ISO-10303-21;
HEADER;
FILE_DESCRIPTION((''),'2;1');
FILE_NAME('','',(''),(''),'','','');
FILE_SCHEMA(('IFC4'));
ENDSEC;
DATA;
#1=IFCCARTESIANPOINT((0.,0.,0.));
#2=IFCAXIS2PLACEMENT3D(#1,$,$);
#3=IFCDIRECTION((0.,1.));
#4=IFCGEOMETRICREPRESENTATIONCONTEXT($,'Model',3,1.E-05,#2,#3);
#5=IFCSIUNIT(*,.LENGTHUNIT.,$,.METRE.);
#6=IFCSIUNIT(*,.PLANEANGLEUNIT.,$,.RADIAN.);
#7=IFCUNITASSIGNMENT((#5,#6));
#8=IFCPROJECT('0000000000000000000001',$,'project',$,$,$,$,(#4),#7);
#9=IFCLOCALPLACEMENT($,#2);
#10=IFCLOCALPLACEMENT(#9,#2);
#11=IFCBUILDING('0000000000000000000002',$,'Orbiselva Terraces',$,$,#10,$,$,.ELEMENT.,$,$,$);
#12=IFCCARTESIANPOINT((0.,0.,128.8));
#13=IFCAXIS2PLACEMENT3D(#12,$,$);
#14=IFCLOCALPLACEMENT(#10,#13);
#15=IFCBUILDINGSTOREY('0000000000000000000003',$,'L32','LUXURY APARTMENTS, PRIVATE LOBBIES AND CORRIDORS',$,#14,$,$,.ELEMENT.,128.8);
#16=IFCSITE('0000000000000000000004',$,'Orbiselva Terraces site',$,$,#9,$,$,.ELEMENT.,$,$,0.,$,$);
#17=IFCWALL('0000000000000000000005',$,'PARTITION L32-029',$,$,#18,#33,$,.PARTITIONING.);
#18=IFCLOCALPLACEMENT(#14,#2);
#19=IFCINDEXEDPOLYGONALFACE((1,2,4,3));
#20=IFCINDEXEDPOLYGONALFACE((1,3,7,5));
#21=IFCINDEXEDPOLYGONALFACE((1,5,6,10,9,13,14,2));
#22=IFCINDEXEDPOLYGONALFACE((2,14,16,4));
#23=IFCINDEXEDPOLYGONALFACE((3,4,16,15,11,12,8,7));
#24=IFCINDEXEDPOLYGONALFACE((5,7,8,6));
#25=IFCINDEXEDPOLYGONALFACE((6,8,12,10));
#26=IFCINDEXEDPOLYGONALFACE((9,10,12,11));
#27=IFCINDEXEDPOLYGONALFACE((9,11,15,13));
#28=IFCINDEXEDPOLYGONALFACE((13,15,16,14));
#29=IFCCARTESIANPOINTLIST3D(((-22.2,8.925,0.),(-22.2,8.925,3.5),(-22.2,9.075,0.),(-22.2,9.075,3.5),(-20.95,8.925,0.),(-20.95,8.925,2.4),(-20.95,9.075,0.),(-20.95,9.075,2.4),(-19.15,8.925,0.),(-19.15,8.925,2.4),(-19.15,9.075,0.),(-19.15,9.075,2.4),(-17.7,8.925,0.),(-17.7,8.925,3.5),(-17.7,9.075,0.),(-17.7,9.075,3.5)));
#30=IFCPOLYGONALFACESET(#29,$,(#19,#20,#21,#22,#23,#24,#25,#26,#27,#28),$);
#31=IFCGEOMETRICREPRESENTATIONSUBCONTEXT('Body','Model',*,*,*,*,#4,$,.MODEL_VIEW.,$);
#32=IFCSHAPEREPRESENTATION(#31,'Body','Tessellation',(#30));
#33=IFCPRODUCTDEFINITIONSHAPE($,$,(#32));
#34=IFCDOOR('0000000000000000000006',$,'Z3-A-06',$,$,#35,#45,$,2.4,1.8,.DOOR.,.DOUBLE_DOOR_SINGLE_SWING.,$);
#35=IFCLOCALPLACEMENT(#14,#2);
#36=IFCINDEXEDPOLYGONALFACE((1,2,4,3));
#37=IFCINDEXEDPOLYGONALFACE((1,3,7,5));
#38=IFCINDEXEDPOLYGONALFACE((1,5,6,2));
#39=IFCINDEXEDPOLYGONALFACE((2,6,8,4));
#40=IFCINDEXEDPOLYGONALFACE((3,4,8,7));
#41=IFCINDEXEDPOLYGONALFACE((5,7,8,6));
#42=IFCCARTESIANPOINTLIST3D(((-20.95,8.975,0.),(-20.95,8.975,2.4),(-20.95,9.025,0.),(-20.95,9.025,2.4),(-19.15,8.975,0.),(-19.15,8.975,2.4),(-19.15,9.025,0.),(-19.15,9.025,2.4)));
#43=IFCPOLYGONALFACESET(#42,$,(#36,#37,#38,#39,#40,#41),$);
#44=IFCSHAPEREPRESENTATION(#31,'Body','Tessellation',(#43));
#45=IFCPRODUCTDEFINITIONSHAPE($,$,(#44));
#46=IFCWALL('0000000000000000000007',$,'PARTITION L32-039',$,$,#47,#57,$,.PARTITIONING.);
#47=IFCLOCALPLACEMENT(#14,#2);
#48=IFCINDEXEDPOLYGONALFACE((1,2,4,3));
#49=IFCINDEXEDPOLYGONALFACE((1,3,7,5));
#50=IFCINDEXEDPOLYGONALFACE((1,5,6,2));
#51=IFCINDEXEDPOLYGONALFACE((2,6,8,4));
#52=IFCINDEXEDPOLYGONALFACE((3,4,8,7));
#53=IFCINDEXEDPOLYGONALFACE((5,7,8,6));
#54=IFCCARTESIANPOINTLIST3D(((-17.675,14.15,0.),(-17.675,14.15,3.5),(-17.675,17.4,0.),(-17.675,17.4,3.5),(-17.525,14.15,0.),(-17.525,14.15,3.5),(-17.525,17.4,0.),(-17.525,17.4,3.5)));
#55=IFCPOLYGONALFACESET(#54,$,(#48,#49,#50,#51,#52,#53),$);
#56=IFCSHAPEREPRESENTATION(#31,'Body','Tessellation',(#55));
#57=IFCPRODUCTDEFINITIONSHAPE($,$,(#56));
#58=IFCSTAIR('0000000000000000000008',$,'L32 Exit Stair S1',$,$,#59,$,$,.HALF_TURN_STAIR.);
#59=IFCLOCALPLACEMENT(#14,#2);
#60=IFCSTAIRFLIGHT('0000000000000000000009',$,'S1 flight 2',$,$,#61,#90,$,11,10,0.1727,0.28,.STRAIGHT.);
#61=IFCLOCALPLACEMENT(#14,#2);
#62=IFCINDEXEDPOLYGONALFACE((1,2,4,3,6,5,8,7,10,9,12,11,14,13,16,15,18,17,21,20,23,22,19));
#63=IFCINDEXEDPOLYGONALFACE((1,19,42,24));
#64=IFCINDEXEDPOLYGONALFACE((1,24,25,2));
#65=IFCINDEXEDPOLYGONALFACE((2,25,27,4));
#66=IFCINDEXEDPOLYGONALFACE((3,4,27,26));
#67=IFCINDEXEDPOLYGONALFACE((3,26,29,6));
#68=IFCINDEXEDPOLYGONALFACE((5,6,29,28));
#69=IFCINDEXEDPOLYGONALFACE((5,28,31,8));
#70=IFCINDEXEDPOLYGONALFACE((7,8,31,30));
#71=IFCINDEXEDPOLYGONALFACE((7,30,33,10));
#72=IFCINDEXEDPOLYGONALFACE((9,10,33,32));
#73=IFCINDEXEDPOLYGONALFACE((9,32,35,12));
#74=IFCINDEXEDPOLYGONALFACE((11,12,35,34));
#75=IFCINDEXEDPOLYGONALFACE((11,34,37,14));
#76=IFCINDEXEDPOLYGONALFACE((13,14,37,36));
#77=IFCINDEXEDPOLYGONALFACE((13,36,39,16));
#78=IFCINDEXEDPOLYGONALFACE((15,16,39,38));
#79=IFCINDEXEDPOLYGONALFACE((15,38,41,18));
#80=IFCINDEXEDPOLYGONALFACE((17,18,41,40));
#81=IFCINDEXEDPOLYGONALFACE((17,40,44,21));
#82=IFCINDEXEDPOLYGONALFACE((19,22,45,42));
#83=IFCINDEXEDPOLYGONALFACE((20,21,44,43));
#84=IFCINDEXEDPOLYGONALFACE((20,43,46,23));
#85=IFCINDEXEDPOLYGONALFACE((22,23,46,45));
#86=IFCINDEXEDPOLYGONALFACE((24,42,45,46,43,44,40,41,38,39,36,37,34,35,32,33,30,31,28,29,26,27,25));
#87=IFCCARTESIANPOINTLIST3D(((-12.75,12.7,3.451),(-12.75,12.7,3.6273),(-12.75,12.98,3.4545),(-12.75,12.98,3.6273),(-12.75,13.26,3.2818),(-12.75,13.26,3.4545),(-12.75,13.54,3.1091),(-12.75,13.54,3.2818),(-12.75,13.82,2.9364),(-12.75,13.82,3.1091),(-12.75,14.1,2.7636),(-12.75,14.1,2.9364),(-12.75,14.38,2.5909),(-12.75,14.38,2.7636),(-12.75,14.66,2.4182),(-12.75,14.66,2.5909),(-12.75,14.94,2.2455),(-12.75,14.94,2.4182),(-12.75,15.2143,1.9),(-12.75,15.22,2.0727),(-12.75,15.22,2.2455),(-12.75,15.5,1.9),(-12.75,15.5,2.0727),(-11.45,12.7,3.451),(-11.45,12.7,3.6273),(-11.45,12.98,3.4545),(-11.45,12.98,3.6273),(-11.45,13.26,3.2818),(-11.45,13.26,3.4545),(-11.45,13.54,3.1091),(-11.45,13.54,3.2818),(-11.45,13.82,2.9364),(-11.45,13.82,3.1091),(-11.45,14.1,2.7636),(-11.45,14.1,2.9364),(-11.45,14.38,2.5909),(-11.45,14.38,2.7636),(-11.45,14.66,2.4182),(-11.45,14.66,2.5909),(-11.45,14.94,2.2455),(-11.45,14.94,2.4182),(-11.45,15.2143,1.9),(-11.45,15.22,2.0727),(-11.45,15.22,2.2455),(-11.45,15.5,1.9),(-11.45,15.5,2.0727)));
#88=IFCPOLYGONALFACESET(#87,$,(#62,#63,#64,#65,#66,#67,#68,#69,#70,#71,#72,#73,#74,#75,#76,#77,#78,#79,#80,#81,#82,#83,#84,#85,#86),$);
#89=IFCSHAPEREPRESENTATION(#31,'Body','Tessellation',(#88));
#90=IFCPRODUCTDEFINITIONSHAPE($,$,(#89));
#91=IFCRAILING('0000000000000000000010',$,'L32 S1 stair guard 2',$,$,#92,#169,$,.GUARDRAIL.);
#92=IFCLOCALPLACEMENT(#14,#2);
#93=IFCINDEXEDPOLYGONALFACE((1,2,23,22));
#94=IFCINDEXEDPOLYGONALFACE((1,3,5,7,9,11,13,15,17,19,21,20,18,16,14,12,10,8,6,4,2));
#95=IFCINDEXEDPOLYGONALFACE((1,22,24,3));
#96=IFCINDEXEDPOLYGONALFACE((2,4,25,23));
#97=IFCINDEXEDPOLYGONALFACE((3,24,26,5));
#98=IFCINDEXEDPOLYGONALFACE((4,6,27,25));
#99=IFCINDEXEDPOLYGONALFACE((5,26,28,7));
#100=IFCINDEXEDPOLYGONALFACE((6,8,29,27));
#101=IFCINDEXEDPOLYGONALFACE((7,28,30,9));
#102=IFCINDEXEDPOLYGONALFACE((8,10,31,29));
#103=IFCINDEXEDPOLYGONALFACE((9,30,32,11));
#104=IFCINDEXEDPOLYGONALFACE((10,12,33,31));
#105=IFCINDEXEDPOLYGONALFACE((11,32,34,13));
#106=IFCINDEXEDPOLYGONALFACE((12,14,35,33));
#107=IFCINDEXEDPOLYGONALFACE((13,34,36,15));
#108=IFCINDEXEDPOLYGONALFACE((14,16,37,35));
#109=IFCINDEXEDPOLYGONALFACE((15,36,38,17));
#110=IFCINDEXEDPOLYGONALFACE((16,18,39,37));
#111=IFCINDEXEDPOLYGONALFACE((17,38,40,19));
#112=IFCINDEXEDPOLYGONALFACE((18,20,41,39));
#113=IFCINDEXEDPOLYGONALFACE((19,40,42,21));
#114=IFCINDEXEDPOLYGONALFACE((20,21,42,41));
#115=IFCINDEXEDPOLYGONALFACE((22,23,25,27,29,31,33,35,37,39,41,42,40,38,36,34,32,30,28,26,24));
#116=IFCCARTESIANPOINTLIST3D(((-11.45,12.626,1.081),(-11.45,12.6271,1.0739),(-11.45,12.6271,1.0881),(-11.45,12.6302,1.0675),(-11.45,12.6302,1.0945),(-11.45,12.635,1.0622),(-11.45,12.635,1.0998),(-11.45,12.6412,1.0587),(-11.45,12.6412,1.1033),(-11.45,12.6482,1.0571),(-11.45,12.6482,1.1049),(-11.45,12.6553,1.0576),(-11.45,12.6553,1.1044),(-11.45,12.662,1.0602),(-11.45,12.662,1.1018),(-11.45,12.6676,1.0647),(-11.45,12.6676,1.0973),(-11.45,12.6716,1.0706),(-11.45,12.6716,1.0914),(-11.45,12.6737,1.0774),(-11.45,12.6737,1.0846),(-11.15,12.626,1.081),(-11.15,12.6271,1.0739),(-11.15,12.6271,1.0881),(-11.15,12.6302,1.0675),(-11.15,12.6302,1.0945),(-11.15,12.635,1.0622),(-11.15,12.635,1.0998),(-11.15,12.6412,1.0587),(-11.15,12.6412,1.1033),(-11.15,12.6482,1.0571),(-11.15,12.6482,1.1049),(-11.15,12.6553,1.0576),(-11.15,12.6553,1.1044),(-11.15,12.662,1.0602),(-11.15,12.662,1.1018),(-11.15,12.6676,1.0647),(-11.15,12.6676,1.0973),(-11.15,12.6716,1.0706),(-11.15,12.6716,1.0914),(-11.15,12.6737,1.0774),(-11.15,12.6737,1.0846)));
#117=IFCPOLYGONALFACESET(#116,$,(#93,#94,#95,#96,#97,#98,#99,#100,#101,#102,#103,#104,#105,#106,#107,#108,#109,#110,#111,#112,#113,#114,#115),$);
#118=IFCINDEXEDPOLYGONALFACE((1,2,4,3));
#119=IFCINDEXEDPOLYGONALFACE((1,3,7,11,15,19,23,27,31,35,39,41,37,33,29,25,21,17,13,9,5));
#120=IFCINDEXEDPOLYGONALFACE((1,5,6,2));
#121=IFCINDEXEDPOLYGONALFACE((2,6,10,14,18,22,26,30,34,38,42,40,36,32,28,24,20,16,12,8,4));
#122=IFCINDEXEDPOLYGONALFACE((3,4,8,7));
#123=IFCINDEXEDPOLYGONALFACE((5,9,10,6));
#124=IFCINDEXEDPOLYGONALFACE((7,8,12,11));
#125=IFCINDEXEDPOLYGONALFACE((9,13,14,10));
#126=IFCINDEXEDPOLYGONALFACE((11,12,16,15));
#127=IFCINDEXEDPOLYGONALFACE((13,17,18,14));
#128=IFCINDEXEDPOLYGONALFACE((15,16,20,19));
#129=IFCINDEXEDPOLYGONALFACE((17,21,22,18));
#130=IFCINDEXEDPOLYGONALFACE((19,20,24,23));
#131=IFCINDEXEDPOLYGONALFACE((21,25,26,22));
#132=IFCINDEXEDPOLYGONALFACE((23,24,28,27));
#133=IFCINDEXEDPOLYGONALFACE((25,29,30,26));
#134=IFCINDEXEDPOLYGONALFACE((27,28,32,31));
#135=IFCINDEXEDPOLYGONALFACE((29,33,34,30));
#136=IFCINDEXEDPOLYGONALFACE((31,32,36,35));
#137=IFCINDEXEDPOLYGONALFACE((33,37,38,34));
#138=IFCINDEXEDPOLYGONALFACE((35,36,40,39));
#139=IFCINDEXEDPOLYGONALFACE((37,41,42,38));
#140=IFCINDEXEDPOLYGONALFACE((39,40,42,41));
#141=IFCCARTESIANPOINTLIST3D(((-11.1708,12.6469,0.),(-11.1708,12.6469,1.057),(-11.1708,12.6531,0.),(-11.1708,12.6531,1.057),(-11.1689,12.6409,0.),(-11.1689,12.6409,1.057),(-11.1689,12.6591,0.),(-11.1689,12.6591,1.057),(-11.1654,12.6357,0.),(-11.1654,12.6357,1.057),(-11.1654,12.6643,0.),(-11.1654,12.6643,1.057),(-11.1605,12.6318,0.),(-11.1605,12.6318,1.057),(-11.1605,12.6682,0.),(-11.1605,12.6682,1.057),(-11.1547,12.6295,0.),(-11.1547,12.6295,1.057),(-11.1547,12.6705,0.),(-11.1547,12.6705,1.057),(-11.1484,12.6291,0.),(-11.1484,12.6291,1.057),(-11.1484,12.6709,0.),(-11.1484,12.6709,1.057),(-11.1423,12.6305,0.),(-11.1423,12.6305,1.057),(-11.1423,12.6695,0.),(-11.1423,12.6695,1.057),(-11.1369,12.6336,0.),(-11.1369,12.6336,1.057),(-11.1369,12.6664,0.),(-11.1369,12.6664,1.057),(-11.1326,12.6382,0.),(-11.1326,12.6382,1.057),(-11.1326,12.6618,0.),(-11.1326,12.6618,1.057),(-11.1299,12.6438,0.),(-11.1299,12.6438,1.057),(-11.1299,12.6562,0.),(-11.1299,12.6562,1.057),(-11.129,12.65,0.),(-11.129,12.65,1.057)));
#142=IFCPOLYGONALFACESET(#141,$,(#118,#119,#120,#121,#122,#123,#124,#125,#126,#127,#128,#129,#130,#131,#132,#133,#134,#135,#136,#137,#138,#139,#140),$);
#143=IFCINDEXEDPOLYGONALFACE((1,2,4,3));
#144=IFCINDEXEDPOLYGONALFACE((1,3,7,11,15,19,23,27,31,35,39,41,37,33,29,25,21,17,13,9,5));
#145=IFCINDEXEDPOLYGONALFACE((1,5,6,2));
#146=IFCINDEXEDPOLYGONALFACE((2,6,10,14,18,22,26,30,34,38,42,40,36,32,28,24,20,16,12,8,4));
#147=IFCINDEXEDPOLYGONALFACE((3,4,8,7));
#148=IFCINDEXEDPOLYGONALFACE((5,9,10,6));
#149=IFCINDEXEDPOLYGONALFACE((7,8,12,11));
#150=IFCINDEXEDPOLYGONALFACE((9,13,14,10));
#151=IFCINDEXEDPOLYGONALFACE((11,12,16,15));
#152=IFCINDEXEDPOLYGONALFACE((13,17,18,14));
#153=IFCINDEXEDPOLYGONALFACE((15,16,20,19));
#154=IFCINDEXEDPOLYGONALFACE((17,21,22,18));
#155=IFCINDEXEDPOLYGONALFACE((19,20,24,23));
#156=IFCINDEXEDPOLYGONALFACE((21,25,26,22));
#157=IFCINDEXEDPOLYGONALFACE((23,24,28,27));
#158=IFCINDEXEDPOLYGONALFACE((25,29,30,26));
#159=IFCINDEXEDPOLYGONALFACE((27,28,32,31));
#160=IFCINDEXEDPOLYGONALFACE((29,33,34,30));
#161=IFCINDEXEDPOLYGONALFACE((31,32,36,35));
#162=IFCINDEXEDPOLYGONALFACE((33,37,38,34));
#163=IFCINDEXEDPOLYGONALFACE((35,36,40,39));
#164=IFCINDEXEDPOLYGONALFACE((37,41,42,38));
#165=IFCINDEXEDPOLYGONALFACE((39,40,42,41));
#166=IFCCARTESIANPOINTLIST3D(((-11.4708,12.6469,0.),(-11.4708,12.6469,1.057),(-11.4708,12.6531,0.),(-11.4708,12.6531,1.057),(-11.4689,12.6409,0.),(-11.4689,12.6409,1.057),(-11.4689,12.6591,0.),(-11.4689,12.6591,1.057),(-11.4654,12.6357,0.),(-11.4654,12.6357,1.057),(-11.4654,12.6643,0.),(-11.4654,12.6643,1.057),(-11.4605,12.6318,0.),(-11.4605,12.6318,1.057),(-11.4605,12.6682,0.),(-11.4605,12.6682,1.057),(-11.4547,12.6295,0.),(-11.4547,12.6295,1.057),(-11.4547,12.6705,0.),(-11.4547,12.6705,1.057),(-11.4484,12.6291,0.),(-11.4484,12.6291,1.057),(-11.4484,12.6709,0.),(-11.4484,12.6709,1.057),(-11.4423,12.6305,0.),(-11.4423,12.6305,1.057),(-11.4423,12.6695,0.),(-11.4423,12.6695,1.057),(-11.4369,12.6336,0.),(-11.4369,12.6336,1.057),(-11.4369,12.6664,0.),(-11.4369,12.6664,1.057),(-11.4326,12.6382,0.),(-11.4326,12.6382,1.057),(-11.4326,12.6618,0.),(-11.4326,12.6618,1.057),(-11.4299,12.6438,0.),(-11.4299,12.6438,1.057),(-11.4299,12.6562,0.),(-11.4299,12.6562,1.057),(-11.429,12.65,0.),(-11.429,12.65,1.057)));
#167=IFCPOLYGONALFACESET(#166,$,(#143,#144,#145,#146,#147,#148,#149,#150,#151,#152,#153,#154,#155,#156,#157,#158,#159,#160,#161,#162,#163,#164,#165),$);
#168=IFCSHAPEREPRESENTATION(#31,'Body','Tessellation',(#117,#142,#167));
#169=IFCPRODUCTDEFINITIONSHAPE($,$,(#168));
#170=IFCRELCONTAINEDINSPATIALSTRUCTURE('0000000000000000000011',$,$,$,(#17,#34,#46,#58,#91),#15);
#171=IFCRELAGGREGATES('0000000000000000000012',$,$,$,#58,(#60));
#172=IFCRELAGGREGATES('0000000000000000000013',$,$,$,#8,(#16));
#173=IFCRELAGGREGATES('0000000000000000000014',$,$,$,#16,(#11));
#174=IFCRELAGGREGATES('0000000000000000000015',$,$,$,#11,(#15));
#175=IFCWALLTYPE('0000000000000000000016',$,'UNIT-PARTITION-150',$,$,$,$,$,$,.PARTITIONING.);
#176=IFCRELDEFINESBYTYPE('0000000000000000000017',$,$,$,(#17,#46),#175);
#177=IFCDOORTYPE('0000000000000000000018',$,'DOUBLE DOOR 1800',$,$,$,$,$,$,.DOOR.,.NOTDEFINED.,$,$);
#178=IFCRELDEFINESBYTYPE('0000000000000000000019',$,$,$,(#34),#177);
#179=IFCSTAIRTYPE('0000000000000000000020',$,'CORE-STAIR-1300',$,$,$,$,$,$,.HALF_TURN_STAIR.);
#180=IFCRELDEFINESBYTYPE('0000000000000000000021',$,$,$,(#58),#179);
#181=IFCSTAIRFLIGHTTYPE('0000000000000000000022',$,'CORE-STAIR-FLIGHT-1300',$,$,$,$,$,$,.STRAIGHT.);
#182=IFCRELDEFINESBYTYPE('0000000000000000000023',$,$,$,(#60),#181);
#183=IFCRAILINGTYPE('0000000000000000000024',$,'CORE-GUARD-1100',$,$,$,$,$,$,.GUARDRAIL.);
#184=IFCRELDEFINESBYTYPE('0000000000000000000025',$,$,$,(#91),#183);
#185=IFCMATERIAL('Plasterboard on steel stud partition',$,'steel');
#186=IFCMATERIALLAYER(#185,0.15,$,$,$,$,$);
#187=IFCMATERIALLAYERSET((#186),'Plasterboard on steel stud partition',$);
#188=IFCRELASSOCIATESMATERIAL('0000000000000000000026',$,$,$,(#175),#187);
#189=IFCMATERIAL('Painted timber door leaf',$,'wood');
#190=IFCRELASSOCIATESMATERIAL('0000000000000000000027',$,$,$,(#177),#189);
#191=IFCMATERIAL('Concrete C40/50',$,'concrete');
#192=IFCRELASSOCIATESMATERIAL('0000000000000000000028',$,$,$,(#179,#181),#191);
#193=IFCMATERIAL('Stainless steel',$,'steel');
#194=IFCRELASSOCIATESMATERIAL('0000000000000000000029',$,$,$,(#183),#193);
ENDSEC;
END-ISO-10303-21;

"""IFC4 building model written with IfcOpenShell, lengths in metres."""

from ifc_helpers import new_model, si_unit, direction, frame, frame_2d, origin, origin_2d, place, context, subcontext, project, spatial, polyline, rectangle, circle, outline, extrude, material, layer, layer_set, type_object, element, fill, aggregate, save


model = new_model("IFC4")

# Units and contexts
model_context = context("Model", 3, precision=1e-05, world=origin(), true_north=direction((0.0, 1.0)))
body_context = subcontext(model_context, "Body", "Model", "MODEL_VIEW")
ifc_project = project(units=[si_unit("LENGTHUNIT", "METRE"), si_unit("PLANEANGLEUNIT", "RADIAN")], contexts=[model_context])

# Site, building, storey
site_placement = place(None, origin())
site = spatial("IfcSite", under=ifc_project, at=site_placement, Name="Orbiselva Terraces site", CompositionType="ELEMENT", RefElevation=0.0)
building_placement = place(site_placement, origin())
building = spatial("IfcBuilding", under=site, at=building_placement, Name="Orbiselva Terraces", CompositionType="ELEMENT")
storey_placement = place(building_placement, frame((0.0, 0.0, 128.8)))
storey = spatial("IfcBuildingStorey", under=building, at=storey_placement, Name="L32", Description="LUXURY APARTMENTS, PRIVATE LOBBIES AND CORRIDORS", CompositionType="ELEMENT", Elevation=128.8)

# Wall, opening, door
ifc_material_1 = material(Name="Plasterboard on steel stud partition", Category="steel")
ifc_material_2 = material(Name="Painted timber door leaf", Category="wood")
ifc_layer_1 = layer(ifc_material_1, 0.15)
ifc_layer_set_1 = layer_set([ifc_layer_1], Name="Plasterboard on steel stud partition")
wall_type_1 = type_object("IfcWallType", Name="UNIT-PARTITION-150", PredefinedType="PARTITIONING", material=ifc_layer_set_1)
wall_1_placement = place(storey_placement, frame((-22.2, 9.0, 0.0), z_axis=(0.0, 0.0, 1.0), x_axis=(1.0, 0.0, 0.0)))
wall_1 = element("IfcWall", 1, at=wall_1_placement, inside=storey, type_object=wall_type_1, Name="PARTITION L32-029", PredefinedType="PARTITIONING", context=body_context, shape_type="SweptSolid", body=[
    extrude(rectangle(XDim=4.5, YDim=0.15, at=frame_2d((2.25, 0.0))), origin(), (0.0, 0.0, 1.0), 3.5),
])
opening_1_placement = place(wall_1_placement, frame((1.25, 0.0, 0.0)))
opening_1 = element("IfcOpeningElement", 2, at=opening_1_placement, cuts=wall_1, PredefinedType="OPENING", context=body_context, shape_type="SweptSolid", body=[
    extrude(rectangle(XDim=1.8, YDim=2.4, at=frame_2d((0.9, 1.2))), frame((0.0, 0.085, 0.0), z_axis=(0.0, -1.0, 0.0), x_axis=(1.0, 0.0, 0.0)), (0.0, 0.0, 1.0), 0.17),
])
door_type_1 = type_object("IfcDoorType", Name="DOUBLE DOOR 1800", OperationType="NOTDEFINED", PredefinedType="DOOR", material=ifc_material_2)
door_1_placement = place(opening_1_placement, origin())
door_1 = element("IfcDoor", 3, at=door_1_placement, inside=storey, type_object=door_type_1, Name="Z3-A-06", OperationType="DOUBLE_DOOR_SINGLE_SWING", OverallHeight=2.4, OverallWidth=1.8, PredefinedType="DOOR", context=body_context, shape_type="SweptSolid", body=[
    extrude(rectangle(XDim=1.8, YDim=2.4, at=frame_2d((0.9, 1.2))), frame((0.0, 0.025, 0.0), z_axis=(0.0, -1.0, 0.0), x_axis=(1.0, 0.0, 0.0)), (0.0, 0.0, 1.0), 0.05),
])
fill(opening_1, door_1)

# Wall
wall_2_placement = place(storey_placement, frame((-17.6, 14.15, 0.0), z_axis=(0.0, 0.0, 1.0), x_axis=(0.0, 1.0, 0.0)))
element("IfcWall", 4, at=wall_2_placement, inside=storey, type_object=wall_type_1, Name="PARTITION L32-039", PredefinedType="PARTITIONING", context=body_context, shape_type="SweptSolid", body=[
    extrude(rectangle(XDim=3.25, YDim=0.15, at=frame_2d((1.625, 0.0))), origin(), (0.0, 0.0, 1.0), 3.5),
])

# Stair, stair flight
ifc_material_3 = material(Name="Concrete C40/50", Category="concrete")
stair_type = type_object("IfcStairType", Name="CORE-STAIR-1300", PredefinedType="HALF_TURN_STAIR", material=ifc_material_3)
stair_placement = place(storey_placement, origin())
stair = element("IfcStair", 5, at=stair_placement, inside=storey, type_object=stair_type, Name="L32 Exit Stair S1", PredefinedType="HALF_TURN_STAIR")
stair_flight_type = type_object("IfcStairFlightType", Name="CORE-STAIR-FLIGHT-1300", PredefinedType="STRAIGHT", material=ifc_material_3)
stair_flight_placement = place(storey_placement, frame((-12.1, 15.5, 1.9), z_axis=(0.0, 0.0, 1.0), x_axis=(0.0, -1.0, 0.0)))
stair_flight = element("IfcStairFlight", 6, at=stair_flight_placement, type_object=stair_flight_type, Name="S1 flight 2", NumberOfRisers=11, NumberOfTreads=10, PredefinedType="STRAIGHT", RiserHeight=0.1727, TreadLength=0.28, context=body_context, shape_type="SweptSolid", body=[
    extrude(outline(polyline([(0.0, 0.0), (0.0, 0.1727), (0.28, 0.1727), (0.28, 0.3455), (0.56, 0.3455), (0.56, 0.5182), (0.84, 0.5182), (0.84, 0.6909), (1.12, 0.6909), (1.12, 0.8636), (1.4, 0.8636), (1.4, 1.0364), (1.68, 1.0364), (1.68, 1.2091), (1.96, 1.2091), (1.96, 1.3818), (2.24, 1.3818), (2.24, 1.5545), (2.52, 1.5545), (2.52, 1.7273), (2.8, 1.7273), (2.8, 1.9), (2.8, 1.551), (0.2857, 0.0), (0.0, 0.0)])), frame((0.0, 0.65, 0.0), z_axis=(0.0, -1.0, 0.0), x_axis=(1.0, 0.0, 0.0)), (0.0, 0.0, 1.0), 1.3),
])
aggregate(stair, [stair_flight])

# Railing
ifc_material_4 = material(Name="Stainless steel", Category="steel")
railing_type_1 = type_object("IfcRailingType", Name="CORE-GUARD-1100", PredefinedType="GUARDRAIL", material=ifc_material_4)
railing_1_placement = place(storey_placement, frame((-11.15, 12.65, 0.0)))
element("IfcRailing", 7, at=railing_1_placement, inside=storey, type_object=railing_type_1, Name="L32 S1 stair guard 2", PredefinedType="GUARDRAIL", context=body_context, shape_type="SweptSolid", body=[
    extrude(circle(Radius=0.024, at=origin_2d()), frame((0.0, 0.0, 1.081), z_axis=(-1.0, 0.0, 0.0), x_axis=(0.0, -1.0, 0.0)), (0.0, 0.0, 1.0), 0.3),
    extrude(circle(Radius=0.021, at=origin_2d()), origin(), (0.0, 0.0, 1.0), 1.057),
    extrude(circle(Radius=0.021, at=origin_2d()), frame((-0.3, 0.0, 0.0)), (0.0, 0.0, 1.0), 1.057),
])

save(model, "model.ifc")
